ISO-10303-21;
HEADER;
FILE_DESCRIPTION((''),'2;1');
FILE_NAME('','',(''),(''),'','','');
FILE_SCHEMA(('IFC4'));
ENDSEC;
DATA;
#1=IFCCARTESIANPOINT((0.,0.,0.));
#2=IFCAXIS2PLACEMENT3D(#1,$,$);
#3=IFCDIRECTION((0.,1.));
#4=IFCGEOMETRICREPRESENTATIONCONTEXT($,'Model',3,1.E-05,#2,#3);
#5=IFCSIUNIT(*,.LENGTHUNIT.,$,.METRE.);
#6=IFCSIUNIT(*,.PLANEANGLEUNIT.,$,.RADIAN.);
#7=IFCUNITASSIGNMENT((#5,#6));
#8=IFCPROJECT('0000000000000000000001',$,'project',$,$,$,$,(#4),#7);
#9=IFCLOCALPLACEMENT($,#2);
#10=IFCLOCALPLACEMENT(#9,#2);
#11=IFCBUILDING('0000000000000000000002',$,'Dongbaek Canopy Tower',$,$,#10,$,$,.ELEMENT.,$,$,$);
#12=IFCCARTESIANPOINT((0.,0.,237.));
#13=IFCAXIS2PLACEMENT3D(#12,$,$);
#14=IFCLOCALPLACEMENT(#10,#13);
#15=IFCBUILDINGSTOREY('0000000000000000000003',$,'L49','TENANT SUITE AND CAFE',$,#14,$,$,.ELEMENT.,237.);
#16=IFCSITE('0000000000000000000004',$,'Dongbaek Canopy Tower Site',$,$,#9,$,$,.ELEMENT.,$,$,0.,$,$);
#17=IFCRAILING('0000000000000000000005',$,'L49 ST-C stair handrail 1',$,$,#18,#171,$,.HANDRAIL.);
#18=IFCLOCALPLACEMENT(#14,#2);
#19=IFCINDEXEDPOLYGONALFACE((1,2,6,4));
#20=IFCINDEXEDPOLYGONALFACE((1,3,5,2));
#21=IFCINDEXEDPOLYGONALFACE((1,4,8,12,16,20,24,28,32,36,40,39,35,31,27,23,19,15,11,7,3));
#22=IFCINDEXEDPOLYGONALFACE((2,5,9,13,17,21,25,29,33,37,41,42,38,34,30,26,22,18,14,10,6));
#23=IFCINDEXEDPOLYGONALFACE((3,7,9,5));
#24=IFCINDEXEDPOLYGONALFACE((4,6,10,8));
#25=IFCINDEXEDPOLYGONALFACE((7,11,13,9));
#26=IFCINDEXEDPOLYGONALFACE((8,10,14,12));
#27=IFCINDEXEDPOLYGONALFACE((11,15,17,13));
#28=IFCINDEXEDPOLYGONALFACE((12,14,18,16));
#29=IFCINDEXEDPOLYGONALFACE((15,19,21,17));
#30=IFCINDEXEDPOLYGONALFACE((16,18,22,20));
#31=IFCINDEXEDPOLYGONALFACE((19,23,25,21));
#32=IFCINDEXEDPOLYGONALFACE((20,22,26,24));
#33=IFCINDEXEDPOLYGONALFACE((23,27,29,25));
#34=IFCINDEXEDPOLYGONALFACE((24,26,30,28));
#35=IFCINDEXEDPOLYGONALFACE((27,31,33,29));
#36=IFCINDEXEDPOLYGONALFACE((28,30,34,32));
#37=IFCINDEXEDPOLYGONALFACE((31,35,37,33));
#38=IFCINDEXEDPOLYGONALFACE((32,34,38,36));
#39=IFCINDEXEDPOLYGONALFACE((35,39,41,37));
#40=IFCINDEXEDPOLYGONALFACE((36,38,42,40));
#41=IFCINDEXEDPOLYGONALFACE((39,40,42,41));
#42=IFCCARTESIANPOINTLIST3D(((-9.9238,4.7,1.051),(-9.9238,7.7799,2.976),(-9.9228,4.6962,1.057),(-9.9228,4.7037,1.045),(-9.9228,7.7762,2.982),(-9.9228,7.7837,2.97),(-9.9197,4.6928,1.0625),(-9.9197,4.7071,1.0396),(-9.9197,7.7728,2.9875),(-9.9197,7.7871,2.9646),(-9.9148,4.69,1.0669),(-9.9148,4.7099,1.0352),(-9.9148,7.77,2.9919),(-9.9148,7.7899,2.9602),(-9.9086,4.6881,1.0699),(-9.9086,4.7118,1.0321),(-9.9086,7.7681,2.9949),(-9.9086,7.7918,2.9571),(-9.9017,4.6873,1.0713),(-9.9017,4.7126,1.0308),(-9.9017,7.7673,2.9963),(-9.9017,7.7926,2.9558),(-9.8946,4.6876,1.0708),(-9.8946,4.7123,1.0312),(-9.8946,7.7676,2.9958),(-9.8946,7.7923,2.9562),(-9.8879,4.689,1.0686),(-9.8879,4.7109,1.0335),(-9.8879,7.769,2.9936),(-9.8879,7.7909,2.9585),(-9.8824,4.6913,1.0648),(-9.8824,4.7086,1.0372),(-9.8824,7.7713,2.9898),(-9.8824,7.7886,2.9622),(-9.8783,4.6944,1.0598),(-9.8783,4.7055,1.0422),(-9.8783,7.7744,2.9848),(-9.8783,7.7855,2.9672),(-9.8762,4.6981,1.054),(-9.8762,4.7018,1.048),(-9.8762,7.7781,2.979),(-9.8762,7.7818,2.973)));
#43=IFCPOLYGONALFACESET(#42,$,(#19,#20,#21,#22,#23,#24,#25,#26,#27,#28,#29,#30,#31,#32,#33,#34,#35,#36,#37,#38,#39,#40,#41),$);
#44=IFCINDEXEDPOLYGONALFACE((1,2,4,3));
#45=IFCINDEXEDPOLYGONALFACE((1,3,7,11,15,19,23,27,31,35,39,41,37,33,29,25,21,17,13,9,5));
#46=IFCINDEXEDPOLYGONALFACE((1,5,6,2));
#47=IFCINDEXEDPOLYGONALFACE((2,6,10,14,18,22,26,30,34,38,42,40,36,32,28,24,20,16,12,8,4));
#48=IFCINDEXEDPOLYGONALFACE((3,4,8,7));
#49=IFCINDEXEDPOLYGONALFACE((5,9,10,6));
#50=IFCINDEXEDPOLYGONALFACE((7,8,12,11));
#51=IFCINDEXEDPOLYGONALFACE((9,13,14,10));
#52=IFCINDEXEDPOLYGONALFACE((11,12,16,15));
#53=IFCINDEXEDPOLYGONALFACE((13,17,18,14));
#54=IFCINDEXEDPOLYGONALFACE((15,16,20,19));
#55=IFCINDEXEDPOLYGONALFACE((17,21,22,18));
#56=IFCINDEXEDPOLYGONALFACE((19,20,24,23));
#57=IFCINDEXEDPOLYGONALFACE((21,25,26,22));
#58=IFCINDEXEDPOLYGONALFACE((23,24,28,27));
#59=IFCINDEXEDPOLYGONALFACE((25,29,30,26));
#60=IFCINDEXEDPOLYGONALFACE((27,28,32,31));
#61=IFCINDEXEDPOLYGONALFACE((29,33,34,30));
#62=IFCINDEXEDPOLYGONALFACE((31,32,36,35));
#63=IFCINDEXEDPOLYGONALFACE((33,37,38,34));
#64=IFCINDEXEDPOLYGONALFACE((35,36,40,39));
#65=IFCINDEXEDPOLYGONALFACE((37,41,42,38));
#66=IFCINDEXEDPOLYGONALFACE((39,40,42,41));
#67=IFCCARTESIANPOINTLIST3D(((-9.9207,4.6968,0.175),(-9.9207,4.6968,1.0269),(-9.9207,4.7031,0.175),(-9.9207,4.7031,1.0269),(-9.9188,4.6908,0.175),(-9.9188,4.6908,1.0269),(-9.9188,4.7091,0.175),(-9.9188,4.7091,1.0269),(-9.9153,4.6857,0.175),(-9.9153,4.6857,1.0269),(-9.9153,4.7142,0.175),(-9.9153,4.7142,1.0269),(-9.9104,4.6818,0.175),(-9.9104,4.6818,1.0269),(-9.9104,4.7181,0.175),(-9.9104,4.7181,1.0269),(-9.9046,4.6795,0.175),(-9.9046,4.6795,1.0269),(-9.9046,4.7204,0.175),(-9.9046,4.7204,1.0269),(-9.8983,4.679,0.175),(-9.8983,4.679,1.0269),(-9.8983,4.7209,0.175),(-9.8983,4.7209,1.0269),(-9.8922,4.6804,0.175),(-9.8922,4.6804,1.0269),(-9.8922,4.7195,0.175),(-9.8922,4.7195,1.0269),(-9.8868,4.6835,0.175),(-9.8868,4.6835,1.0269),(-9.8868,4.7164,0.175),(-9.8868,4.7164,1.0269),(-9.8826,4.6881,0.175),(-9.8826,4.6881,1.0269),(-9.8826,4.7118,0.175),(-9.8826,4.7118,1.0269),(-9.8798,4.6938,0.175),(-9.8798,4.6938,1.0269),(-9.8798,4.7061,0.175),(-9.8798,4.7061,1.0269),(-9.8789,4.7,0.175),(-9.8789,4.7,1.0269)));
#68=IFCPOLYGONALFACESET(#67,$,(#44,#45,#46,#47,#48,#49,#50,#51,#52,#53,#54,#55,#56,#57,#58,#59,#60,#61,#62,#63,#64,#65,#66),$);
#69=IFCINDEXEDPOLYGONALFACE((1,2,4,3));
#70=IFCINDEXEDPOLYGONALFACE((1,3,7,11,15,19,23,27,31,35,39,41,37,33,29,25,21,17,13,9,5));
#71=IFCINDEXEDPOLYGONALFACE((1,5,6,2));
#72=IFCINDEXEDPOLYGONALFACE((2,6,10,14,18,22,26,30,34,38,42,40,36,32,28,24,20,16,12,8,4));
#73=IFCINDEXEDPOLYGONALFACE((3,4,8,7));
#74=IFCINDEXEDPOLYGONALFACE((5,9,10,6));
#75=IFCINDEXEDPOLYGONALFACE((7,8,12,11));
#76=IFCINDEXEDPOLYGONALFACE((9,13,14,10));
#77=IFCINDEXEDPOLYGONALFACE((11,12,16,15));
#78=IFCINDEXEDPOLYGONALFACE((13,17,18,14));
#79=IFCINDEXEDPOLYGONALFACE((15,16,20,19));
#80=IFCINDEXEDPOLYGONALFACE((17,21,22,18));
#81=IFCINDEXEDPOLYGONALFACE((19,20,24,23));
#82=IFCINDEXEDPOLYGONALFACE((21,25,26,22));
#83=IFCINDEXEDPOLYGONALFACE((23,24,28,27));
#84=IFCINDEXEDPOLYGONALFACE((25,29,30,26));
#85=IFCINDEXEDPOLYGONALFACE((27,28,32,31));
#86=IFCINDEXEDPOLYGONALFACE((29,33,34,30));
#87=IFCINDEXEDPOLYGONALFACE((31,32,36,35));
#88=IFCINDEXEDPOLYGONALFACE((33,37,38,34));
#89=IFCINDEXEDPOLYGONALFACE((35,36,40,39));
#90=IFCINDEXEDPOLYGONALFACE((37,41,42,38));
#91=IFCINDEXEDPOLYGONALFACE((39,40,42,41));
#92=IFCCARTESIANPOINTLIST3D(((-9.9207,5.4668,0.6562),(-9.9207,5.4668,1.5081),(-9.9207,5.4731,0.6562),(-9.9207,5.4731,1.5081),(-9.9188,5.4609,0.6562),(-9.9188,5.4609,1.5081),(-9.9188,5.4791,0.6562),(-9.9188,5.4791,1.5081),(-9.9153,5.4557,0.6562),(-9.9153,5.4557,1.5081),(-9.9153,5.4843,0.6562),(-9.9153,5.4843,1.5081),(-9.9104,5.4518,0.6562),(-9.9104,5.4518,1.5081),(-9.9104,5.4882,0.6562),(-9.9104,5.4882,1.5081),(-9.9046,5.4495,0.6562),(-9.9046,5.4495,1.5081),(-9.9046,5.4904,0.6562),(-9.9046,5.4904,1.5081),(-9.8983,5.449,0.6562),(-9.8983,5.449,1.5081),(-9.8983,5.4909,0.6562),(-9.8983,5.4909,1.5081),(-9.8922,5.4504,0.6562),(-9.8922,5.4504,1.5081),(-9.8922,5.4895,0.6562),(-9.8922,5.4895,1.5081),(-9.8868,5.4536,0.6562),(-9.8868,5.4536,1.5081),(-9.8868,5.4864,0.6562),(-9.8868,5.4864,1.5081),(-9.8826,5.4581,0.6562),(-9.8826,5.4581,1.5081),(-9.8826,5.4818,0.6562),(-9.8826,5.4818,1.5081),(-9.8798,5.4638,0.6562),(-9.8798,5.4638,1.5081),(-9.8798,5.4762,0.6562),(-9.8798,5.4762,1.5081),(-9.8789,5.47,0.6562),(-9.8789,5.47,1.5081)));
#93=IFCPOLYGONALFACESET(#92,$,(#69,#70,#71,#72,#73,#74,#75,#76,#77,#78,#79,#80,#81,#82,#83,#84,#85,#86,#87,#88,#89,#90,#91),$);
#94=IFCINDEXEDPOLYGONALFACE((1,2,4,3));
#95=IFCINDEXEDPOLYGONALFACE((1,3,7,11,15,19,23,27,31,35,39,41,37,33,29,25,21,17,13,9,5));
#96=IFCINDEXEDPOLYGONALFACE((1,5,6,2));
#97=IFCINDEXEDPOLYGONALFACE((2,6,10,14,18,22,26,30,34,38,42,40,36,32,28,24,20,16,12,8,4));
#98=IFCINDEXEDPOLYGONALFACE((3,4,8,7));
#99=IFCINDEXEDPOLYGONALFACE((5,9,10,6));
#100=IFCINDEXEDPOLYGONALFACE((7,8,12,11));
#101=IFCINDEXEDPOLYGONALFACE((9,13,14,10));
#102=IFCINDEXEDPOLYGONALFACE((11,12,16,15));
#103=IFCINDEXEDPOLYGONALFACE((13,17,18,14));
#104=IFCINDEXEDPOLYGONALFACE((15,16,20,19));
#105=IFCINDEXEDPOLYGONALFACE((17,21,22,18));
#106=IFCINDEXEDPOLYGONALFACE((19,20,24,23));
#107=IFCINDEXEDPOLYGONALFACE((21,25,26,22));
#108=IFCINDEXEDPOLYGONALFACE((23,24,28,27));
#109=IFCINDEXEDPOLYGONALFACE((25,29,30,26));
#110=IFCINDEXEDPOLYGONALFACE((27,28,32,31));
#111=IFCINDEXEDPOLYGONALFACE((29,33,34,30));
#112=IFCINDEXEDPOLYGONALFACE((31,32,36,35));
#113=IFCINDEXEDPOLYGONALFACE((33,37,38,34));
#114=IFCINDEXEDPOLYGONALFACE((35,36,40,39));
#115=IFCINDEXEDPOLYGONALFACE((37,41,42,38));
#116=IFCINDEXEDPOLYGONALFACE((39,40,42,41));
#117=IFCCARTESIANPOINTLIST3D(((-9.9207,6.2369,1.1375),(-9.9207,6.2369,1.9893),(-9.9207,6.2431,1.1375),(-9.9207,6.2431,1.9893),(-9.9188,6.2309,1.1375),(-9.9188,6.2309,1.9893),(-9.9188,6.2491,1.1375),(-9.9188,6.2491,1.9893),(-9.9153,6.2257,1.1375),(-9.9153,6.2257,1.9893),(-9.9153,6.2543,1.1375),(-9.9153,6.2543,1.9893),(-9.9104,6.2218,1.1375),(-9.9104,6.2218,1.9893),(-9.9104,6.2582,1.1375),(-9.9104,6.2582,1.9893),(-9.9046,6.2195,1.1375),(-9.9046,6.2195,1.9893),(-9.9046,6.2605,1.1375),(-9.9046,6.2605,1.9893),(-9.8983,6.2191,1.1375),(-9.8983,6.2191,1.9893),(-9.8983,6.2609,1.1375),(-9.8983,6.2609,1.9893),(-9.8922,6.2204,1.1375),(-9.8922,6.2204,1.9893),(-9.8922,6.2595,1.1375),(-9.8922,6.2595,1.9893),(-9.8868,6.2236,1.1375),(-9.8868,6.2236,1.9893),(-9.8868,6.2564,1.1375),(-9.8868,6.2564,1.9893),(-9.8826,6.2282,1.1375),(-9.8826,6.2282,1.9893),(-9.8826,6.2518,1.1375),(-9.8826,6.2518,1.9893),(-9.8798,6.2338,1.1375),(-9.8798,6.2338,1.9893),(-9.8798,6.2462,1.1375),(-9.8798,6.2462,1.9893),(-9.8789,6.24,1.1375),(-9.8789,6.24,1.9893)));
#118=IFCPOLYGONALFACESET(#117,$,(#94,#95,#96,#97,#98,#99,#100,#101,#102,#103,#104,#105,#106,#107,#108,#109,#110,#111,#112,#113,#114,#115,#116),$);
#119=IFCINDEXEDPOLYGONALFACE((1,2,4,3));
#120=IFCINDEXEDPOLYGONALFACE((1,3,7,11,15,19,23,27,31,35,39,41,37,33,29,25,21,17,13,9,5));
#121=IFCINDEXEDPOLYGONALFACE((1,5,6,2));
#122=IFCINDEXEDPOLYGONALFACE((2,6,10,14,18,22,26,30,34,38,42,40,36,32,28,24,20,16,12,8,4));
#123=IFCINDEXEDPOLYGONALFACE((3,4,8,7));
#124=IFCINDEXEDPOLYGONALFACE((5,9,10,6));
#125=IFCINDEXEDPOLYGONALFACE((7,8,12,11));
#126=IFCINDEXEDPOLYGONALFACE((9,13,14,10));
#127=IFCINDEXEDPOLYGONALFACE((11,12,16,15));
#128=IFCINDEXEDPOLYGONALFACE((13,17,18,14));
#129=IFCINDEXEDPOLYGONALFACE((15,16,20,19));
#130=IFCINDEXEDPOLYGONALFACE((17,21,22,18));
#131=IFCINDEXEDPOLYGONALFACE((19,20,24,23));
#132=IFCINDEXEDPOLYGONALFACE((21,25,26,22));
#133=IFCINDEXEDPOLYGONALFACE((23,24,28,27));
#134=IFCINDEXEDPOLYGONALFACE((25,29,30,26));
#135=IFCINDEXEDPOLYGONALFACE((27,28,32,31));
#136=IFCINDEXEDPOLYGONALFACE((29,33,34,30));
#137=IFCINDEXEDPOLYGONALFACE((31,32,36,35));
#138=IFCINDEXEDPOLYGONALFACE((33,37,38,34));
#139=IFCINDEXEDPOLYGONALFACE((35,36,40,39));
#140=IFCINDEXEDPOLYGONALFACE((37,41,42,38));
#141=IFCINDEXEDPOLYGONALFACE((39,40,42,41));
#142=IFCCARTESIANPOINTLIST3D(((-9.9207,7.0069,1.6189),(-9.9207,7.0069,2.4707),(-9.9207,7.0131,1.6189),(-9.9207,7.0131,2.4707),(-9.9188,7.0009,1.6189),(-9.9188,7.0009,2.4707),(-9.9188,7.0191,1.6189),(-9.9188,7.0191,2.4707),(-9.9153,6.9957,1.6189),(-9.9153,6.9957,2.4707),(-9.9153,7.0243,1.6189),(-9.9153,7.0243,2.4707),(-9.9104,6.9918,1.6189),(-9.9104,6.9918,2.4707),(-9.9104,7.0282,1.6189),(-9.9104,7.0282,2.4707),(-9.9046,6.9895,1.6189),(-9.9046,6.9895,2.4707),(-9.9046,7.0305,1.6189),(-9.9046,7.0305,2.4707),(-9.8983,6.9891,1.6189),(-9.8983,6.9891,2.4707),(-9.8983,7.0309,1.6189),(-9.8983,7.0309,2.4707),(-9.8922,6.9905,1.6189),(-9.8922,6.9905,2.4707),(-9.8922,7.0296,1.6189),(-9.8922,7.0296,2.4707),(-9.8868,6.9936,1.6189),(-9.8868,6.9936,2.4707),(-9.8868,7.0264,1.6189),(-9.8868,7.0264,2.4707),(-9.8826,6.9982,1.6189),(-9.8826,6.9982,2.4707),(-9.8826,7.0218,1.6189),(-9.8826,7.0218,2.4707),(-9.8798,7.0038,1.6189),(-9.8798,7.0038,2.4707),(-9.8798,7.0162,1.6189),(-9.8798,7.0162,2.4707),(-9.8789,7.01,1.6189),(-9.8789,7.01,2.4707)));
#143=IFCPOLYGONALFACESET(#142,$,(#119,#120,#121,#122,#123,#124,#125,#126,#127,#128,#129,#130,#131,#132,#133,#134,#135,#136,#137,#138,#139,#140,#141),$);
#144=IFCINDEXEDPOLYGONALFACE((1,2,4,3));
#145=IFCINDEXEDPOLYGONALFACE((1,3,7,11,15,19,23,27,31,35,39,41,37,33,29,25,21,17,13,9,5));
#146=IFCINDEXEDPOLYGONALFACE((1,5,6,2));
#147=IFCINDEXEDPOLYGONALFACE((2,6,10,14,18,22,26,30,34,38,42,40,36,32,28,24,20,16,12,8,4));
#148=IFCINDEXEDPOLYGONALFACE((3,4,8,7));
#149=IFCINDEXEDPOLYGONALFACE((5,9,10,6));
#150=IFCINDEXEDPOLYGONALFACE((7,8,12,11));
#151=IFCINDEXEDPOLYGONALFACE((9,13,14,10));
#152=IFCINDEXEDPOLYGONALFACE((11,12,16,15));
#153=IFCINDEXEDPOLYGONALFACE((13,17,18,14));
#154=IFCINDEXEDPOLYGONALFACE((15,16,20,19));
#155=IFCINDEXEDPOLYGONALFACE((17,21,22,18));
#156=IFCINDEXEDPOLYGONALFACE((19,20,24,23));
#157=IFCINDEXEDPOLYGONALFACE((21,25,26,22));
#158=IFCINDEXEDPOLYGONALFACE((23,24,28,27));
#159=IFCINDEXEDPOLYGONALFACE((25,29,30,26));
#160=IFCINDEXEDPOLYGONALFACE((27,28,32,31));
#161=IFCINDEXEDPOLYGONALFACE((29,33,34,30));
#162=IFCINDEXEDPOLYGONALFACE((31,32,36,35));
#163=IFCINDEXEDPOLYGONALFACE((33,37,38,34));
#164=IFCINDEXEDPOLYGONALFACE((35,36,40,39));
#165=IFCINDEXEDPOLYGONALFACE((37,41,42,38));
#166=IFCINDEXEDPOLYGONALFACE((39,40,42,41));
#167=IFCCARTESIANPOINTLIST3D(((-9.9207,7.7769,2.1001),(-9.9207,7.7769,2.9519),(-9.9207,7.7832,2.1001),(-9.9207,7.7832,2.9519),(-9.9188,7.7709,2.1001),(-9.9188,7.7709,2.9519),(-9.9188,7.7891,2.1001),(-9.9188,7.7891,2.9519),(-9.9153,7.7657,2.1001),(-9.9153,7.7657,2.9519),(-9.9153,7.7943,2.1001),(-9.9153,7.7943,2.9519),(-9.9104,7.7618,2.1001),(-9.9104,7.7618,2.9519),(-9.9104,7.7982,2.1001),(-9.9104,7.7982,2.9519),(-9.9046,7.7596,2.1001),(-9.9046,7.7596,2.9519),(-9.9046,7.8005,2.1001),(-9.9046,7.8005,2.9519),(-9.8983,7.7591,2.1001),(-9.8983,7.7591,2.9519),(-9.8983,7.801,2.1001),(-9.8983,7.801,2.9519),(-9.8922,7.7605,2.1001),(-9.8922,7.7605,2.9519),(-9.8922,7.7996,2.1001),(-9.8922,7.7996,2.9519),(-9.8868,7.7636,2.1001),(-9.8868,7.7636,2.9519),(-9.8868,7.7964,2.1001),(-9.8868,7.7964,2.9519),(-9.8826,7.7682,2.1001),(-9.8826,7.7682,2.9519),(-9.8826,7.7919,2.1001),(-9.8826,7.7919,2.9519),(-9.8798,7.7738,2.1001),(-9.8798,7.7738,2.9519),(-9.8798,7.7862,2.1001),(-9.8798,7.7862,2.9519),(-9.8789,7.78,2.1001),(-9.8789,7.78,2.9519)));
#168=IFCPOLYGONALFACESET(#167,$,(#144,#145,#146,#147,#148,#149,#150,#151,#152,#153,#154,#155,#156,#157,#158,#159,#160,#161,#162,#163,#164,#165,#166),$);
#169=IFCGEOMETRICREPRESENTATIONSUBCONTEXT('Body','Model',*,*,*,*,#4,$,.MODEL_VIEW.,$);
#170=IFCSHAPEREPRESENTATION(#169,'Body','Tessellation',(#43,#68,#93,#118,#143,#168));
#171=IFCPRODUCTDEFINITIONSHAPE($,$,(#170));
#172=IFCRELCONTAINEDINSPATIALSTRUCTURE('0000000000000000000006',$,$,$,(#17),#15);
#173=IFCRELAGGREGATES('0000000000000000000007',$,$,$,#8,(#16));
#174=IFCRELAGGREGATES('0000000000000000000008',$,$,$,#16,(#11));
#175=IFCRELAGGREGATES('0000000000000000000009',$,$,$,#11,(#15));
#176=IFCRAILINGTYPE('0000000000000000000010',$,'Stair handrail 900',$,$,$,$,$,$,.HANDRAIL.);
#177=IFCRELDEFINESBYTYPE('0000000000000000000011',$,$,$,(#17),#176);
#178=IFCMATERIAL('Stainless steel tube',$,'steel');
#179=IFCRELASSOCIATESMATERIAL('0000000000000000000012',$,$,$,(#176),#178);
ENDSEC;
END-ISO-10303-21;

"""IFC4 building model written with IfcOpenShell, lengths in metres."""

from ifc_helpers import new_model, si_unit, direction, frame, origin, origin_2d, place, context, subcontext, project, spatial, circle, extrude, material, type_object, element, save


model = new_model("IFC4")

# Units and contexts
model_context = context("Model", 3, precision=1e-05, world=origin(), true_north=direction((0.0, 1.0)))
body_context = subcontext(model_context, "Body", "Model", "MODEL_VIEW")
ifc_project = project(units=[si_unit("LENGTHUNIT", "METRE"), si_unit("PLANEANGLEUNIT", "RADIAN")], contexts=[model_context])

# Site, building, storey
site_placement = place(None, origin())
site = spatial("IfcSite", under=ifc_project, at=site_placement, Name="Dongbaek Canopy Tower Site", CompositionType="ELEMENT", RefElevation=0.0)
building_placement = place(site_placement, origin())
building = spatial("IfcBuilding", under=site, at=building_placement, Name="Dongbaek Canopy Tower", CompositionType="ELEMENT")
storey_placement = place(building_placement, frame((0.0, 0.0, 237.0)))
storey = spatial("IfcBuildingStorey", under=building, at=storey_placement, Name="L49", Description="TENANT SUITE AND CAFE", CompositionType="ELEMENT", Elevation=237.0)

# Railing
ifc_material_1 = material(Name="Stainless steel tube", Category="steel")
railing_type_1 = type_object("IfcRailingType", Name="Stair handrail 900", PredefinedType="HANDRAIL", material=ifc_material_1)
railing_1_placement = place(storey_placement, frame((-9.8999, 4.7, 0.175)))
element("IfcRailing", 1, at=railing_1_placement, inside=storey, type_object=railing_type_1, Name="L49 ST-C stair handrail 1", PredefinedType="HANDRAIL", context=body_context, shape_type="SweptSolid", body=[
    extrude(circle(Radius=0.0239, at=origin_2d()), frame((0.0, 0.0, 0.876), z_axis=(0.0, 0.847998, 0.529999), x_axis=(-1.0, 0.0, 0.0)), (0.0, 0.0, 1.0), 3.6321),
    extrude(circle(Radius=0.021, at=origin_2d()), origin(), (0.0, 0.0, 1.0), 0.8518),
    extrude(circle(Radius=0.021, at=origin_2d()), frame((0.0, 0.77, 0.4812)), (0.0, 0.0, 1.0), 0.8518),
    extrude(circle(Radius=0.021, at=origin_2d()), frame((0.0, 1.54, 0.9624)), (0.0, 0.0, 1.0), 0.8518),
    extrude(circle(Radius=0.021, at=origin_2d()), frame((0.0, 2.3101, 1.4438)), (0.0, 0.0, 1.0), 0.8518),
    extrude(circle(Radius=0.021, at=origin_2d()), frame((0.0, 3.0801, 1.925)), (0.0, 0.0, 1.0), 0.8518),
])

save(model, "model.ifc")
